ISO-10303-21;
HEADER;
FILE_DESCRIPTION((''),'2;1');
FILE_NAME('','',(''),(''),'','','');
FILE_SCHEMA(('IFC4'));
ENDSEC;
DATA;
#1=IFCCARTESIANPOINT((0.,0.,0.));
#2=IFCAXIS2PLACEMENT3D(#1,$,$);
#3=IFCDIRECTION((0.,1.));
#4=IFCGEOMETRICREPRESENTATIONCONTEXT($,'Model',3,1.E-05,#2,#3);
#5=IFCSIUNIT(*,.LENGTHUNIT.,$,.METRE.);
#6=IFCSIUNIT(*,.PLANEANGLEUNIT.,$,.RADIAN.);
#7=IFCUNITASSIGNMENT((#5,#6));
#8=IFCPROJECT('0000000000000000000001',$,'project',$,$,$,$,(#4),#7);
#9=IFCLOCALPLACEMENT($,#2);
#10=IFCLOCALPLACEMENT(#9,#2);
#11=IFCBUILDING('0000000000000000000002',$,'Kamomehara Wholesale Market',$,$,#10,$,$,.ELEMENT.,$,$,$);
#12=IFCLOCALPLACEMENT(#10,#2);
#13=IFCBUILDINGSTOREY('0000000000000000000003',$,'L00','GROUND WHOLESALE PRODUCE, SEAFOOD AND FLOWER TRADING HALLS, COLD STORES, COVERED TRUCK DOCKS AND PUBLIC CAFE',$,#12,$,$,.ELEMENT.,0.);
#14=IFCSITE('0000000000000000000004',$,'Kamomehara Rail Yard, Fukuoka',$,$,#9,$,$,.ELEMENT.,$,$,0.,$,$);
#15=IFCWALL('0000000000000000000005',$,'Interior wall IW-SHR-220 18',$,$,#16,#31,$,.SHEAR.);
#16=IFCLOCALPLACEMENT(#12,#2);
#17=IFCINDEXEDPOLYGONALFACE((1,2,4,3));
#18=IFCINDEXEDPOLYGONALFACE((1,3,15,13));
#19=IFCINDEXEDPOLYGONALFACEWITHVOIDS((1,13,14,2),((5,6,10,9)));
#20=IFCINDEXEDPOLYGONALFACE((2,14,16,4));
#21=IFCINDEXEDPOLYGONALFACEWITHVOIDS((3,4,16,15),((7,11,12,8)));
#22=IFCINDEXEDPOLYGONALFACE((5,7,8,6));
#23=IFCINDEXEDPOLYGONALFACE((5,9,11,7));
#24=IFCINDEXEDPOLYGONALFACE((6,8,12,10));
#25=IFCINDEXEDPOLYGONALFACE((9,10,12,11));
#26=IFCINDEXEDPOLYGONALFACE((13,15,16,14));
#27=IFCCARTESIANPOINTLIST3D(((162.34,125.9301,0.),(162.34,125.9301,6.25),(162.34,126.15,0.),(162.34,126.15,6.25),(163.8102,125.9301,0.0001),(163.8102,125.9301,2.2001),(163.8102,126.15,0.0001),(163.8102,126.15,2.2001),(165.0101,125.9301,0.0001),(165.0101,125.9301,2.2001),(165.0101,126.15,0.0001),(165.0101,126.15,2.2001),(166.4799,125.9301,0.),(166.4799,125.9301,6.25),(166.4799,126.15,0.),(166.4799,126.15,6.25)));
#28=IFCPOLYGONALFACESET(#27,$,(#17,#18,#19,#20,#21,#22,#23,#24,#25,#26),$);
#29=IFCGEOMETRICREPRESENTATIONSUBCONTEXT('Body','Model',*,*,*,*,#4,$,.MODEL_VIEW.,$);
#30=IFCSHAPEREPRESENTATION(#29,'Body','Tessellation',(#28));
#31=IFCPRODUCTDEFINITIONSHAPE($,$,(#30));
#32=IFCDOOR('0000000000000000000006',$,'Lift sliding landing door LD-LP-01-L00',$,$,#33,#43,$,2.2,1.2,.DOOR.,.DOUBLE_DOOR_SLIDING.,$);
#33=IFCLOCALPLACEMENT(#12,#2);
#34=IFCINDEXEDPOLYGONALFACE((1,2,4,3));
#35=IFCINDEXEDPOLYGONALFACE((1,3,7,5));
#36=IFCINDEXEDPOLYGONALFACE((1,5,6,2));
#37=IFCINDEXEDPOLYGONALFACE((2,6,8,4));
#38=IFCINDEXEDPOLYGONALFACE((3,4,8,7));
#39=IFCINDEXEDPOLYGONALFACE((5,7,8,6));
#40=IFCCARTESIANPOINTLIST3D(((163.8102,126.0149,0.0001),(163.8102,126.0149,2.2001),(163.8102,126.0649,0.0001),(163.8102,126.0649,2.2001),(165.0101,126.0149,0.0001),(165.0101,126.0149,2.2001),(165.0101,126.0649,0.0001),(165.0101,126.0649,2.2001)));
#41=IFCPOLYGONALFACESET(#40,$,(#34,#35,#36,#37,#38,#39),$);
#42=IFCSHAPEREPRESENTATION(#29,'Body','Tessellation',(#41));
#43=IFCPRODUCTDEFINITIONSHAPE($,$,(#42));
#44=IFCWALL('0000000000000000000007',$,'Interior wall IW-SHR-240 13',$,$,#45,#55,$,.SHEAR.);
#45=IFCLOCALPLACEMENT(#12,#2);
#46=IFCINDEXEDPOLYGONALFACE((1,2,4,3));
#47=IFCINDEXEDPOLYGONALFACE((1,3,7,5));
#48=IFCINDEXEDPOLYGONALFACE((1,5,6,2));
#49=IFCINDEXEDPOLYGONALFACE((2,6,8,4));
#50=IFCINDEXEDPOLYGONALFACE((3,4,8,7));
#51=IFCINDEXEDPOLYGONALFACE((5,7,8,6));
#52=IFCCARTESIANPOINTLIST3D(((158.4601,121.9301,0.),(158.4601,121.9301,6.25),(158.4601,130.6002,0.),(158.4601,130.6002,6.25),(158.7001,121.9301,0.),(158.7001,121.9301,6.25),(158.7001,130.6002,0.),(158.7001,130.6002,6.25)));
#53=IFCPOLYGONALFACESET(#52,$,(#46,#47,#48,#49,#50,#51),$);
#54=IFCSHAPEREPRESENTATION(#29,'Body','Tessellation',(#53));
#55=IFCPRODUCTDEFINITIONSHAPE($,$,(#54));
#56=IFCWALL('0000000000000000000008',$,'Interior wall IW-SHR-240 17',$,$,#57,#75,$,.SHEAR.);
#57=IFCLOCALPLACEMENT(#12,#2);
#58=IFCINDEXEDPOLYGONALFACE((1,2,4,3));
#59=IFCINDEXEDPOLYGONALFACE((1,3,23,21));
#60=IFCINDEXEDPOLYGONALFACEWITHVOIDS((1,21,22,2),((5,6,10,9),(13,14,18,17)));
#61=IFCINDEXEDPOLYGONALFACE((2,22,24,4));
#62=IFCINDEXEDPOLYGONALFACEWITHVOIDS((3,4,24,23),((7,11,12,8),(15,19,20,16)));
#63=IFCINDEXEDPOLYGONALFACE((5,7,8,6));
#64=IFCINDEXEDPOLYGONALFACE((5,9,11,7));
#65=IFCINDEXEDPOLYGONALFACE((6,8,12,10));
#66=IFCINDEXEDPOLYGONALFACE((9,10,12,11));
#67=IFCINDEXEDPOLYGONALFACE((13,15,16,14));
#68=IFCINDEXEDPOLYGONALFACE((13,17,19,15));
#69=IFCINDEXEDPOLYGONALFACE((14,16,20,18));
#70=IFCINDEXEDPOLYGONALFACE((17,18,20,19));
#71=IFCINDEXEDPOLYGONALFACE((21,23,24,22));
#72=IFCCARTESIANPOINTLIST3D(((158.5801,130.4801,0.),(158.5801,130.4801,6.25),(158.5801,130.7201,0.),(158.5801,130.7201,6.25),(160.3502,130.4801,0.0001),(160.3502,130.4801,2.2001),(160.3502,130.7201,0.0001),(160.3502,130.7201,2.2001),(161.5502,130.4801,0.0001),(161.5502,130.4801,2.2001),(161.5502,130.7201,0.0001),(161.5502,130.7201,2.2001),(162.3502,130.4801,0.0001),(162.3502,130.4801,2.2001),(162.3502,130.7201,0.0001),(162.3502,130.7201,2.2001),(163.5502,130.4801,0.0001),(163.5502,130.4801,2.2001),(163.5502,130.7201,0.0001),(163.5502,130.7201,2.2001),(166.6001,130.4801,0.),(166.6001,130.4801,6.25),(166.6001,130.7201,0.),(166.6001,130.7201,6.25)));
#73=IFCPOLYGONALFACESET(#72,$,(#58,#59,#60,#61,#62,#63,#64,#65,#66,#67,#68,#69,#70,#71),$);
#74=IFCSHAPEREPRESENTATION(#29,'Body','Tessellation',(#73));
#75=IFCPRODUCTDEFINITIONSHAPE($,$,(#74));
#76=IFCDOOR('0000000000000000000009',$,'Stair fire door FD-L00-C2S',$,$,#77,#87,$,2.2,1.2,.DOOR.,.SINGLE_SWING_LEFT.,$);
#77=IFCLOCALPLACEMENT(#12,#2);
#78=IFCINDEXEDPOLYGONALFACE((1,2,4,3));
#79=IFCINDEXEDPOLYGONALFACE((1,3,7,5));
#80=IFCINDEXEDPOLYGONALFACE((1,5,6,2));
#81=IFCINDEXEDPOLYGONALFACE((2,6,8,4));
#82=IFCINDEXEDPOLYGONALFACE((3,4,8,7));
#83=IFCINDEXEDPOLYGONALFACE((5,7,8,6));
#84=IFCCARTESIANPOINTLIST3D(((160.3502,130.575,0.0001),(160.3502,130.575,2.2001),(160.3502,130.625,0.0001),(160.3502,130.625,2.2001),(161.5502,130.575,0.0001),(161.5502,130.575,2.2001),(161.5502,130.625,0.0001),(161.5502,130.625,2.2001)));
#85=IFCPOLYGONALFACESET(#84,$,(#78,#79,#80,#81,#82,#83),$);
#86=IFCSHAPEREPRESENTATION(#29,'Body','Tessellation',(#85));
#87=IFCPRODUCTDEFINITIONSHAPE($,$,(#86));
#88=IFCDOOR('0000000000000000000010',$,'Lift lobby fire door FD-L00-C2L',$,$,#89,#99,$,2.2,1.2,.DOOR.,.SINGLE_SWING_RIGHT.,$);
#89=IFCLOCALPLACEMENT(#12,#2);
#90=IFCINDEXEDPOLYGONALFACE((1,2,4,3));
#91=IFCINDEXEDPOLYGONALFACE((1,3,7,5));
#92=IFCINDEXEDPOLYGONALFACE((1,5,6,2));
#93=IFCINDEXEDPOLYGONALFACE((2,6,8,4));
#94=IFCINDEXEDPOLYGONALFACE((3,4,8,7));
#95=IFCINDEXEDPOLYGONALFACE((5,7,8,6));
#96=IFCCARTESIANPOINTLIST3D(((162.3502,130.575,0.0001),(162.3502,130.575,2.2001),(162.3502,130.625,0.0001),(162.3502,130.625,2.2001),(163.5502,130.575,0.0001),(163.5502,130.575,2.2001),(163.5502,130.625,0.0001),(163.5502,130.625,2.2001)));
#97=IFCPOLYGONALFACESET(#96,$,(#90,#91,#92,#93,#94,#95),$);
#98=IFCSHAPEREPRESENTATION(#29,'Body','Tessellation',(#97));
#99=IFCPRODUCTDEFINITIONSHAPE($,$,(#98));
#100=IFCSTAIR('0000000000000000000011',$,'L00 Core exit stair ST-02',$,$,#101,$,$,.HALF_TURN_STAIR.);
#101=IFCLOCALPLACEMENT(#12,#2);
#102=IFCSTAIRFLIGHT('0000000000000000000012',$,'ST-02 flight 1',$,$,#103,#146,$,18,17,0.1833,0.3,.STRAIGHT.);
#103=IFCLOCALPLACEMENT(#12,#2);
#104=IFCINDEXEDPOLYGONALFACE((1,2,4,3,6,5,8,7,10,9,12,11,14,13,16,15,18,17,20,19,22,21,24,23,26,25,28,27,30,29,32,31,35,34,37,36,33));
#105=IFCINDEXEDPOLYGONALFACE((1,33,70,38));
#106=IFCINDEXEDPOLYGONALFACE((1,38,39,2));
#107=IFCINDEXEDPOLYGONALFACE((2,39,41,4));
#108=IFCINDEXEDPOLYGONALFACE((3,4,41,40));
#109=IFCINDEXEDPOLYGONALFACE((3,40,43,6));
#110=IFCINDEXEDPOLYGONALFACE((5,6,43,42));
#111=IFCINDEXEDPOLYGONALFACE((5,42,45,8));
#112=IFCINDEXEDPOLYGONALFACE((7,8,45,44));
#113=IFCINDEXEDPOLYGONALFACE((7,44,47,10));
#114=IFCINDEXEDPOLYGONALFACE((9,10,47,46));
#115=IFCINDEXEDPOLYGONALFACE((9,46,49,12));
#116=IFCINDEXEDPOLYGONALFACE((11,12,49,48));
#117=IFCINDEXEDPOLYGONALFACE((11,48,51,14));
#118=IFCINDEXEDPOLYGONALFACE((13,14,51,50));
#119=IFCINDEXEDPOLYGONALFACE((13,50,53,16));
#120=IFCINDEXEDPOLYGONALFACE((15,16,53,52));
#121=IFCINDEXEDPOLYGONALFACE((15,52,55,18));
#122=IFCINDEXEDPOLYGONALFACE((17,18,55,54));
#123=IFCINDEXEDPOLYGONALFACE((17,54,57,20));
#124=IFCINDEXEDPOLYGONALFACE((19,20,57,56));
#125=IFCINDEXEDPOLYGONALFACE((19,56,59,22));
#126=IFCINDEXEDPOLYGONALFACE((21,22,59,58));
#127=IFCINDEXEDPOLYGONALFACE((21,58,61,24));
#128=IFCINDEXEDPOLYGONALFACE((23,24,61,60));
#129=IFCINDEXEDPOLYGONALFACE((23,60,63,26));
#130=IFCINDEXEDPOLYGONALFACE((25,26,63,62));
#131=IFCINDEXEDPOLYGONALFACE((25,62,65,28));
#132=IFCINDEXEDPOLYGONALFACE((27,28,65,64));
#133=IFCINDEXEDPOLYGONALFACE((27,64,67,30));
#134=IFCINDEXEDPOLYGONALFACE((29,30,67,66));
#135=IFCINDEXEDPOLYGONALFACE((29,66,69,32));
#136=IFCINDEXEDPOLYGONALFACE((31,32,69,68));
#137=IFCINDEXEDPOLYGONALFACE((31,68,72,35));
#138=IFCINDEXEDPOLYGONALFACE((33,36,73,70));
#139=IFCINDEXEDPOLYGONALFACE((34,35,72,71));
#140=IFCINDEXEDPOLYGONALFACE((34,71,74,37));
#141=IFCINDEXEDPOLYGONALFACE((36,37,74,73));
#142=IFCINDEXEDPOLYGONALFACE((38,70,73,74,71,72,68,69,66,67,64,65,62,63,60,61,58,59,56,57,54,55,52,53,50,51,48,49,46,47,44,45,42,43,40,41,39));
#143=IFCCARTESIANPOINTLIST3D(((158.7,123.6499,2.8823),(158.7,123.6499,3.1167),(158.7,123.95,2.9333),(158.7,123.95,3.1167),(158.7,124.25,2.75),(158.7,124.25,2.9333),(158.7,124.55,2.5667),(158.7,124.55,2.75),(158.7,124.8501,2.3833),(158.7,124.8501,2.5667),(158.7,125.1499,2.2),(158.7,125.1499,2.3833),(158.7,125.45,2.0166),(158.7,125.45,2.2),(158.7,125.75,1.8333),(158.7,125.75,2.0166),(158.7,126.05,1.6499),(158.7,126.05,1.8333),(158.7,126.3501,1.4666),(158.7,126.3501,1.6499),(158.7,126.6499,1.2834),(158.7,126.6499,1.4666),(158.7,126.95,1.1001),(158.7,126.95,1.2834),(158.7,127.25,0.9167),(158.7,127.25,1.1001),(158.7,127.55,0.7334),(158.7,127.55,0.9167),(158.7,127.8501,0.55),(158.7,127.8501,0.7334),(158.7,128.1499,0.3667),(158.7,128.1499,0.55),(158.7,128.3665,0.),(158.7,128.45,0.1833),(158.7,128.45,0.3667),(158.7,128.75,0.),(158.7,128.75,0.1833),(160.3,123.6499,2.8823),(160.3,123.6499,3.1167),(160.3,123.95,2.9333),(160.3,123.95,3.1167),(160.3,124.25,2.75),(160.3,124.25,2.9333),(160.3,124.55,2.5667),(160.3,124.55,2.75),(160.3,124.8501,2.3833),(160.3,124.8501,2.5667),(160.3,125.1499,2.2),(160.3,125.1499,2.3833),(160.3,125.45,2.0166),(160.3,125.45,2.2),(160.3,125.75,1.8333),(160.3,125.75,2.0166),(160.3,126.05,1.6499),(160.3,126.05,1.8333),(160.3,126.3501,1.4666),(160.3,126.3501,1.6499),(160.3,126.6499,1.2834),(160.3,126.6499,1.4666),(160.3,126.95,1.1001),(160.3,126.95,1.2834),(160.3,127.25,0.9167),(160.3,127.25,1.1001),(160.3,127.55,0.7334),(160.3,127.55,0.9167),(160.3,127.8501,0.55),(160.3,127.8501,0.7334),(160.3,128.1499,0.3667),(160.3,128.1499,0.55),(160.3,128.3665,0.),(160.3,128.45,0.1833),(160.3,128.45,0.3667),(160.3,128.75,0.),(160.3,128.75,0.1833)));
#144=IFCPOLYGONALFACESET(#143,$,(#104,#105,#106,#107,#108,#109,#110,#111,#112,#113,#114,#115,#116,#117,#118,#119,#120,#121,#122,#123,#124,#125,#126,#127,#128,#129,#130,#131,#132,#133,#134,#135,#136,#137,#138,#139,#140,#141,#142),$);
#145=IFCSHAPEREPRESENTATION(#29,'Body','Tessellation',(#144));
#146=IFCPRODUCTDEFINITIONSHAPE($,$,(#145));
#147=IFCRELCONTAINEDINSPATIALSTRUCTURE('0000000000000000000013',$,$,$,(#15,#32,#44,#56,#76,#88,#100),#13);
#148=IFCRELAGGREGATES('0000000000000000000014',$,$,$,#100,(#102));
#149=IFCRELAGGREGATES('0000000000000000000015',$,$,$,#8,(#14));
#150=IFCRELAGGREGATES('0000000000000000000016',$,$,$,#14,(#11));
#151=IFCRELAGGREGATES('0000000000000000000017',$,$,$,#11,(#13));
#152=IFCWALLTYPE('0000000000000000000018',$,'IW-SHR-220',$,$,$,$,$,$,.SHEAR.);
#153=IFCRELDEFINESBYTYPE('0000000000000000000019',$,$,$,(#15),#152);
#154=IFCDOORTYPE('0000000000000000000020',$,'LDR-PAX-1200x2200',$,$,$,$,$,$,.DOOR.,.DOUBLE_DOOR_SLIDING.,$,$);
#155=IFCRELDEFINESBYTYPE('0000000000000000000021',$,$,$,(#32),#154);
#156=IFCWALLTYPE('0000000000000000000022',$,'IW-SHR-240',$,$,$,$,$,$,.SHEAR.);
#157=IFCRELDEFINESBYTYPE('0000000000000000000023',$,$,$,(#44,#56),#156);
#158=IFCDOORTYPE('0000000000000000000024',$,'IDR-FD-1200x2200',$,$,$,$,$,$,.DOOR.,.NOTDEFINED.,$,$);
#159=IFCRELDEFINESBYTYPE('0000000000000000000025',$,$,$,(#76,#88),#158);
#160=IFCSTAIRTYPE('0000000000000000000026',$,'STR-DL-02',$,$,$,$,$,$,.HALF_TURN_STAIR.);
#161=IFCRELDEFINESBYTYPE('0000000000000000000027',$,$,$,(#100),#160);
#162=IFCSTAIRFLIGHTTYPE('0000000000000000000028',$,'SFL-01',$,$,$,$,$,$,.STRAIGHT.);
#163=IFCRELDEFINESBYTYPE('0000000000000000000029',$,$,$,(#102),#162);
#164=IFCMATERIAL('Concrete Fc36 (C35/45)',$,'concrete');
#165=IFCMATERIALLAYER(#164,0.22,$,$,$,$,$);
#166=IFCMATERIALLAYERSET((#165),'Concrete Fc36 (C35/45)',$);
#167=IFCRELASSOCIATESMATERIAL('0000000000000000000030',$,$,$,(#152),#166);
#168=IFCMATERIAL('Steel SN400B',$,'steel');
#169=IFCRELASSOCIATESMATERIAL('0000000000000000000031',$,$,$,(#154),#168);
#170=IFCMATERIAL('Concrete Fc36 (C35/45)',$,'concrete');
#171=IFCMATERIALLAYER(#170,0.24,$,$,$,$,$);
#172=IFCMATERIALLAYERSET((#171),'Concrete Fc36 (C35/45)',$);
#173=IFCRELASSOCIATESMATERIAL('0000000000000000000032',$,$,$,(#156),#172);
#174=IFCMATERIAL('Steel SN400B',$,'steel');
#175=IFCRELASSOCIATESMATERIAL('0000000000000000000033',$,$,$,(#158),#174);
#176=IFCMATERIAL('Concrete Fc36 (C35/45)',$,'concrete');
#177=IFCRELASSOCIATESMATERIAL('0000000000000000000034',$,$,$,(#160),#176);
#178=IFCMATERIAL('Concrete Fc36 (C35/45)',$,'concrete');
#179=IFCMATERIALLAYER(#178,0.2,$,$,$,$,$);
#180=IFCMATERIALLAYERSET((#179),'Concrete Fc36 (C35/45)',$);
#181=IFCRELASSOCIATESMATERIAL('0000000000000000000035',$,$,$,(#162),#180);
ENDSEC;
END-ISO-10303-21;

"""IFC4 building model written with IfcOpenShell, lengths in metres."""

from ifc_helpers import new_model, si_unit, direction, frame, frame_2d, origin, place, context, subcontext, project, spatial, polyline, rectangle, outline, extrude, material, layer, layer_set, type_object, element, fill, aggregate, save


model = new_model("IFC4")

# Units and contexts
model_context = context("Model", 3, precision=1e-05, world=origin(), true_north=direction((0.0, 1.0)))
body_context = subcontext(model_context, "Body", "Model", "MODEL_VIEW")
ifc_project = project(units=[si_unit("LENGTHUNIT", "METRE"), si_unit("PLANEANGLEUNIT", "RADIAN")], contexts=[model_context])

# Site, building, storey
site_placement = place(None, origin())
site = spatial("IfcSite", under=ifc_project, at=site_placement, Name="Kamomehara Rail Yard, Fukuoka", CompositionType="ELEMENT", RefElevation=0.0)
building_placement = place(site_placement, origin())
building = spatial("IfcBuilding", under=site, at=building_placement, Name="Kamomehara Wholesale Market", CompositionType="ELEMENT")
storey_placement = place(building_placement, origin())
storey = spatial("IfcBuildingStorey", under=building, at=storey_placement, Name="L00", Description="GROUND WHOLESALE PRODUCE, SEAFOOD AND FLOWER TRADING HALLS, COLD STORES, COVERED TRUCK DOCKS AND PUBLIC CAFE", CompositionType="ELEMENT", Elevation=0.0)

# Wall, opening, door
ifc_material_1 = material(Name="Concrete Fc36 (C35/45)", Category="concrete")
ifc_layer_1 = layer(ifc_material_1, 0.22)
ifc_layer_set_1 = layer_set([ifc_layer_1], Name="Concrete Fc36 (C35/45)")
wall_type_1 = type_object("IfcWallType", Name="IW-SHR-220", PredefinedType="SHEAR", material=ifc_layer_set_1)
wall_1_placement = place(storey_placement, frame((162.3401, 126.04, 0.0), z_axis=(0.0, 0.0, 1.0), x_axis=(1.0, 0.0, 0.0)))
wall_1 = element("IfcWall", 1, at=wall_1_placement, inside=storey, type_object=wall_type_1, Name="Interior wall IW-SHR-220 18", PredefinedType="SHEAR", context=body_context, shape_type="SweptSolid", body=[
    extrude(rectangle(XDim=4.1399, YDim=0.22, at=frame_2d((2.0698, 0.0))), origin(), (0.0, 0.0, 1.0), 6.25),
])
opening_1_placement = place(wall_1_placement, frame((1.47, 0.0, 0.0)))
opening_1 = element("IfcOpeningElement", 2, at=opening_1_placement, cuts=wall_1, PredefinedType="OPENING", context=body_context, shape_type="SweptSolid", body=[
    extrude(rectangle(XDim=1.2, YDim=2.2, at=frame_2d((0.6001, 1.1001))), frame((0.0, 0.125, 0.0), z_axis=(0.0, -1.0, 0.0), x_axis=(1.0, 0.0, 0.0)), (0.0, 0.0, 1.0), 0.2498),
])
ifc_material_2 = material(Name="Steel SN400B", Category="steel")
door_type_1 = type_object("IfcDoorType", Name="LDR-PAX-1200x2200", OperationType="DOUBLE_DOOR_SLIDING", PredefinedType="DOOR", material=ifc_material_2)
door_1_placement = place(opening_1_placement, origin())
door_1 = element("IfcDoor", 3, at=door_1_placement, inside=storey, type_object=door_type_1, Name="Lift sliding landing door LD-LP-01-L00", OperationType="DOUBLE_DOOR_SLIDING", OverallHeight=2.2, OverallWidth=1.2, PredefinedType="DOOR", context=body_context, shape_type="SweptSolid", body=[
    extrude(rectangle(XDim=1.2, YDim=2.2, at=frame_2d((0.6001, 1.1001))), frame((0.0, 0.0249, 0.0), z_axis=(0.0, -1.0, 0.0), x_axis=(1.0, 0.0, 0.0)), (0.0, 0.0, 1.0), 0.05),
])
fill(opening_1, door_1)

# Wall
ifc_material_3 = material(Name="Concrete Fc36 (C35/45)", Category="concrete")
ifc_layer_2 = layer(ifc_material_3, 0.24)
ifc_layer_set_2 = layer_set([ifc_layer_2], Name="Concrete Fc36 (C35/45)")
wall_type_2 = type_object("IfcWallType", Name="IW-SHR-240", PredefinedType="SHEAR", material=ifc_layer_set_2)
wall_2_placement = place(storey_placement, frame((158.5801, 130.6001, 0.0), z_axis=(0.0, 0.0, 1.0), x_axis=(0.0, -1.0, 0.0)))
element("IfcWall", 4, at=wall_2_placement, inside=storey, type_object=wall_type_2, Name="Interior wall IW-SHR-240 13", PredefinedType="SHEAR", context=body_context, shape_type="SweptSolid", body=[
    extrude(rectangle(XDim=8.6702, YDim=0.24, at=frame_2d((4.335, 0.0))), origin(), (0.0, 0.0, 1.0), 6.25),
])

# Wall, openings, doors
wall_3_placement = place(storey_placement, frame((158.5801, 130.6001, 0.0), z_axis=(0.0, 0.0, 1.0), x_axis=(1.0, 0.0, 0.0)))
wall_3 = element("IfcWall", 5, at=wall_3_placement, inside=storey, type_object=wall_type_2, Name="Interior wall IW-SHR-240 17", PredefinedType="SHEAR", context=body_context, shape_type="SweptSolid", body=[
    extrude(rectangle(XDim=8.02, YDim=0.24, at=frame_2d((4.01, 0.0))), origin(), (0.0, 0.0, 1.0), 6.25),
])
opening_2_placement = place(wall_3_placement, frame((1.77, 0.0, 0.0)))
opening_2 = element("IfcOpeningElement", 6, at=opening_2_placement, cuts=wall_3, PredefinedType="OPENING", context=body_context, shape_type="SweptSolid", body=[
    extrude(rectangle(XDim=1.2, YDim=2.2, at=frame_2d((0.6001, 1.1001))), frame((0.0, 0.1348, 0.0), z_axis=(0.0, -1.0, 0.0), x_axis=(1.0, 0.0, 0.0)), (0.0, 0.0, 1.0), 0.2698),
])
opening_3_placement = place(wall_3_placement, frame((3.77, 0.0, 0.0)))
opening_3 = element("IfcOpeningElement", 7, at=opening_3_placement, cuts=wall_3, PredefinedType="OPENING", context=body_context, shape_type="SweptSolid", body=[
    extrude(rectangle(XDim=1.2, YDim=2.2, at=frame_2d((0.6001, 1.1001))), frame((0.0, 0.1348, 0.0), z_axis=(0.0, -1.0, 0.0), x_axis=(1.0, 0.0, 0.0)), (0.0, 0.0, 1.0), 0.2698),
])
ifc_material_4 = material(Name="Steel SN400B", Category="steel")
door_type_2 = type_object("IfcDoorType", Name="IDR-FD-1200x2200", OperationType="NOTDEFINED", PredefinedType="DOOR", material=ifc_material_4)
door_2_placement = place(opening_2_placement, origin())
door_2 = element("IfcDoor", 8, at=door_2_placement, inside=storey, type_object=door_type_2, Name="Stair fire door FD-L00-C2S", OperationType="SINGLE_SWING_LEFT", OverallHeight=2.2, OverallWidth=1.2, PredefinedType="DOOR", context=body_context, shape_type="SweptSolid", body=[
    extrude(rectangle(XDim=1.2, YDim=2.2, at=frame_2d((0.6001, 1.1001))), frame((0.0, 0.0249, 0.0), z_axis=(0.0, -1.0, 0.0), x_axis=(1.0, 0.0, 0.0)), (0.0, 0.0, 1.0), 0.05),
])
fill(opening_2, door_2)
door_3_placement = place(opening_3_placement, origin())
door_3 = element("IfcDoor", 9, at=door_3_placement, inside=storey, type_object=door_type_2, Name="Lift lobby fire door FD-L00-C2L", OperationType="SINGLE_SWING_RIGHT", OverallHeight=2.2, OverallWidth=1.2, PredefinedType="DOOR", context=body_context, shape_type="SweptSolid", body=[
    extrude(rectangle(XDim=1.2, YDim=2.2, at=frame_2d((0.6001, 1.1001))), frame((0.0, 0.0249, 0.0), z_axis=(0.0, -1.0, 0.0), x_axis=(1.0, 0.0, 0.0)), (0.0, 0.0, 1.0), 0.05),
])
fill(opening_3, door_3)

# Stair, stair flight
ifc_material_5 = material(Name="Concrete Fc36 (C35/45)", Category="concrete")
stair_type = type_object("IfcStairType", Name="STR-DL-02", PredefinedType="HALF_TURN_STAIR", material=ifc_material_5)
stair_placement = place(storey_placement, origin())
stair = element("IfcStair", 10, at=stair_placement, inside=storey, type_object=stair_type, Name="L00 Core exit stair ST-02", PredefinedType="HALF_TURN_STAIR")
ifc_material_6 = material(Name="Concrete Fc36 (C35/45)", Category="concrete")
ifc_layer_3 = layer(ifc_material_6, 0.2)
ifc_layer_set_3 = layer_set([ifc_layer_3], Name="Concrete Fc36 (C35/45)")
stair_flight_type = type_object("IfcStairFlightType", Name="SFL-01", PredefinedType="STRAIGHT", material=ifc_layer_set_3)
stair_flight_placement = place(storey_placement, frame((159.5, 128.75, 0.0), z_axis=(0.0, 0.0, 1.0), x_axis=(0.0, -1.0, 0.0)))
stair_flight = element("IfcStairFlight", 11, at=stair_flight_placement, type_object=stair_flight_type, Name="ST-02 flight 1", NumberOfRisers=18, NumberOfTreads=17, PredefinedType="STRAIGHT", RiserHeight=0.1833, TreadLength=0.3, context=body_context, shape_type="SweptSolid", body=[
    extrude(outline(polyline([(0.0, 0.0), (0.0, 0.1833), (0.3, 0.1833), (0.3, 0.3667), (0.6001, 0.3667), (0.6001, 0.55), (0.8999, 0.55), (0.8999, 0.7334), (1.2, 0.7334), (1.2, 0.9167), (1.5, 0.9167), (1.5, 1.1001), (1.8, 1.1001), (1.8, 1.2834), (2.1001, 1.2834), (2.1001, 1.4666), (2.3999, 1.4666), (2.3999, 1.6499), (2.7, 1.6499), (2.7, 1.8333), (3.0, 1.8333), (3.0, 2.0166), (3.3, 2.0166), (3.3, 2.2), (3.6001, 2.2), (3.6001, 2.3833), (3.8999, 2.3833), (3.8999, 2.5667), (4.2, 2.5667), (4.2, 2.75), (4.5, 2.75), (4.5, 2.9333), (4.8, 2.9333), (4.8, 3.1167), (5.1001, 3.1167), (5.1001, 3.3), (5.1001, 2.8823), (0.3835, 0.0), (0.0, 0.0)])), frame((0.0, 0.8, 0.0), z_axis=(0.0, -1.0, 0.0), x_axis=(1.0, 0.0, 0.0)), (0.0, 0.0, 1.0), 1.6001),
])
aggregate(stair, [stair_flight])

save(model, "model.ifc")
